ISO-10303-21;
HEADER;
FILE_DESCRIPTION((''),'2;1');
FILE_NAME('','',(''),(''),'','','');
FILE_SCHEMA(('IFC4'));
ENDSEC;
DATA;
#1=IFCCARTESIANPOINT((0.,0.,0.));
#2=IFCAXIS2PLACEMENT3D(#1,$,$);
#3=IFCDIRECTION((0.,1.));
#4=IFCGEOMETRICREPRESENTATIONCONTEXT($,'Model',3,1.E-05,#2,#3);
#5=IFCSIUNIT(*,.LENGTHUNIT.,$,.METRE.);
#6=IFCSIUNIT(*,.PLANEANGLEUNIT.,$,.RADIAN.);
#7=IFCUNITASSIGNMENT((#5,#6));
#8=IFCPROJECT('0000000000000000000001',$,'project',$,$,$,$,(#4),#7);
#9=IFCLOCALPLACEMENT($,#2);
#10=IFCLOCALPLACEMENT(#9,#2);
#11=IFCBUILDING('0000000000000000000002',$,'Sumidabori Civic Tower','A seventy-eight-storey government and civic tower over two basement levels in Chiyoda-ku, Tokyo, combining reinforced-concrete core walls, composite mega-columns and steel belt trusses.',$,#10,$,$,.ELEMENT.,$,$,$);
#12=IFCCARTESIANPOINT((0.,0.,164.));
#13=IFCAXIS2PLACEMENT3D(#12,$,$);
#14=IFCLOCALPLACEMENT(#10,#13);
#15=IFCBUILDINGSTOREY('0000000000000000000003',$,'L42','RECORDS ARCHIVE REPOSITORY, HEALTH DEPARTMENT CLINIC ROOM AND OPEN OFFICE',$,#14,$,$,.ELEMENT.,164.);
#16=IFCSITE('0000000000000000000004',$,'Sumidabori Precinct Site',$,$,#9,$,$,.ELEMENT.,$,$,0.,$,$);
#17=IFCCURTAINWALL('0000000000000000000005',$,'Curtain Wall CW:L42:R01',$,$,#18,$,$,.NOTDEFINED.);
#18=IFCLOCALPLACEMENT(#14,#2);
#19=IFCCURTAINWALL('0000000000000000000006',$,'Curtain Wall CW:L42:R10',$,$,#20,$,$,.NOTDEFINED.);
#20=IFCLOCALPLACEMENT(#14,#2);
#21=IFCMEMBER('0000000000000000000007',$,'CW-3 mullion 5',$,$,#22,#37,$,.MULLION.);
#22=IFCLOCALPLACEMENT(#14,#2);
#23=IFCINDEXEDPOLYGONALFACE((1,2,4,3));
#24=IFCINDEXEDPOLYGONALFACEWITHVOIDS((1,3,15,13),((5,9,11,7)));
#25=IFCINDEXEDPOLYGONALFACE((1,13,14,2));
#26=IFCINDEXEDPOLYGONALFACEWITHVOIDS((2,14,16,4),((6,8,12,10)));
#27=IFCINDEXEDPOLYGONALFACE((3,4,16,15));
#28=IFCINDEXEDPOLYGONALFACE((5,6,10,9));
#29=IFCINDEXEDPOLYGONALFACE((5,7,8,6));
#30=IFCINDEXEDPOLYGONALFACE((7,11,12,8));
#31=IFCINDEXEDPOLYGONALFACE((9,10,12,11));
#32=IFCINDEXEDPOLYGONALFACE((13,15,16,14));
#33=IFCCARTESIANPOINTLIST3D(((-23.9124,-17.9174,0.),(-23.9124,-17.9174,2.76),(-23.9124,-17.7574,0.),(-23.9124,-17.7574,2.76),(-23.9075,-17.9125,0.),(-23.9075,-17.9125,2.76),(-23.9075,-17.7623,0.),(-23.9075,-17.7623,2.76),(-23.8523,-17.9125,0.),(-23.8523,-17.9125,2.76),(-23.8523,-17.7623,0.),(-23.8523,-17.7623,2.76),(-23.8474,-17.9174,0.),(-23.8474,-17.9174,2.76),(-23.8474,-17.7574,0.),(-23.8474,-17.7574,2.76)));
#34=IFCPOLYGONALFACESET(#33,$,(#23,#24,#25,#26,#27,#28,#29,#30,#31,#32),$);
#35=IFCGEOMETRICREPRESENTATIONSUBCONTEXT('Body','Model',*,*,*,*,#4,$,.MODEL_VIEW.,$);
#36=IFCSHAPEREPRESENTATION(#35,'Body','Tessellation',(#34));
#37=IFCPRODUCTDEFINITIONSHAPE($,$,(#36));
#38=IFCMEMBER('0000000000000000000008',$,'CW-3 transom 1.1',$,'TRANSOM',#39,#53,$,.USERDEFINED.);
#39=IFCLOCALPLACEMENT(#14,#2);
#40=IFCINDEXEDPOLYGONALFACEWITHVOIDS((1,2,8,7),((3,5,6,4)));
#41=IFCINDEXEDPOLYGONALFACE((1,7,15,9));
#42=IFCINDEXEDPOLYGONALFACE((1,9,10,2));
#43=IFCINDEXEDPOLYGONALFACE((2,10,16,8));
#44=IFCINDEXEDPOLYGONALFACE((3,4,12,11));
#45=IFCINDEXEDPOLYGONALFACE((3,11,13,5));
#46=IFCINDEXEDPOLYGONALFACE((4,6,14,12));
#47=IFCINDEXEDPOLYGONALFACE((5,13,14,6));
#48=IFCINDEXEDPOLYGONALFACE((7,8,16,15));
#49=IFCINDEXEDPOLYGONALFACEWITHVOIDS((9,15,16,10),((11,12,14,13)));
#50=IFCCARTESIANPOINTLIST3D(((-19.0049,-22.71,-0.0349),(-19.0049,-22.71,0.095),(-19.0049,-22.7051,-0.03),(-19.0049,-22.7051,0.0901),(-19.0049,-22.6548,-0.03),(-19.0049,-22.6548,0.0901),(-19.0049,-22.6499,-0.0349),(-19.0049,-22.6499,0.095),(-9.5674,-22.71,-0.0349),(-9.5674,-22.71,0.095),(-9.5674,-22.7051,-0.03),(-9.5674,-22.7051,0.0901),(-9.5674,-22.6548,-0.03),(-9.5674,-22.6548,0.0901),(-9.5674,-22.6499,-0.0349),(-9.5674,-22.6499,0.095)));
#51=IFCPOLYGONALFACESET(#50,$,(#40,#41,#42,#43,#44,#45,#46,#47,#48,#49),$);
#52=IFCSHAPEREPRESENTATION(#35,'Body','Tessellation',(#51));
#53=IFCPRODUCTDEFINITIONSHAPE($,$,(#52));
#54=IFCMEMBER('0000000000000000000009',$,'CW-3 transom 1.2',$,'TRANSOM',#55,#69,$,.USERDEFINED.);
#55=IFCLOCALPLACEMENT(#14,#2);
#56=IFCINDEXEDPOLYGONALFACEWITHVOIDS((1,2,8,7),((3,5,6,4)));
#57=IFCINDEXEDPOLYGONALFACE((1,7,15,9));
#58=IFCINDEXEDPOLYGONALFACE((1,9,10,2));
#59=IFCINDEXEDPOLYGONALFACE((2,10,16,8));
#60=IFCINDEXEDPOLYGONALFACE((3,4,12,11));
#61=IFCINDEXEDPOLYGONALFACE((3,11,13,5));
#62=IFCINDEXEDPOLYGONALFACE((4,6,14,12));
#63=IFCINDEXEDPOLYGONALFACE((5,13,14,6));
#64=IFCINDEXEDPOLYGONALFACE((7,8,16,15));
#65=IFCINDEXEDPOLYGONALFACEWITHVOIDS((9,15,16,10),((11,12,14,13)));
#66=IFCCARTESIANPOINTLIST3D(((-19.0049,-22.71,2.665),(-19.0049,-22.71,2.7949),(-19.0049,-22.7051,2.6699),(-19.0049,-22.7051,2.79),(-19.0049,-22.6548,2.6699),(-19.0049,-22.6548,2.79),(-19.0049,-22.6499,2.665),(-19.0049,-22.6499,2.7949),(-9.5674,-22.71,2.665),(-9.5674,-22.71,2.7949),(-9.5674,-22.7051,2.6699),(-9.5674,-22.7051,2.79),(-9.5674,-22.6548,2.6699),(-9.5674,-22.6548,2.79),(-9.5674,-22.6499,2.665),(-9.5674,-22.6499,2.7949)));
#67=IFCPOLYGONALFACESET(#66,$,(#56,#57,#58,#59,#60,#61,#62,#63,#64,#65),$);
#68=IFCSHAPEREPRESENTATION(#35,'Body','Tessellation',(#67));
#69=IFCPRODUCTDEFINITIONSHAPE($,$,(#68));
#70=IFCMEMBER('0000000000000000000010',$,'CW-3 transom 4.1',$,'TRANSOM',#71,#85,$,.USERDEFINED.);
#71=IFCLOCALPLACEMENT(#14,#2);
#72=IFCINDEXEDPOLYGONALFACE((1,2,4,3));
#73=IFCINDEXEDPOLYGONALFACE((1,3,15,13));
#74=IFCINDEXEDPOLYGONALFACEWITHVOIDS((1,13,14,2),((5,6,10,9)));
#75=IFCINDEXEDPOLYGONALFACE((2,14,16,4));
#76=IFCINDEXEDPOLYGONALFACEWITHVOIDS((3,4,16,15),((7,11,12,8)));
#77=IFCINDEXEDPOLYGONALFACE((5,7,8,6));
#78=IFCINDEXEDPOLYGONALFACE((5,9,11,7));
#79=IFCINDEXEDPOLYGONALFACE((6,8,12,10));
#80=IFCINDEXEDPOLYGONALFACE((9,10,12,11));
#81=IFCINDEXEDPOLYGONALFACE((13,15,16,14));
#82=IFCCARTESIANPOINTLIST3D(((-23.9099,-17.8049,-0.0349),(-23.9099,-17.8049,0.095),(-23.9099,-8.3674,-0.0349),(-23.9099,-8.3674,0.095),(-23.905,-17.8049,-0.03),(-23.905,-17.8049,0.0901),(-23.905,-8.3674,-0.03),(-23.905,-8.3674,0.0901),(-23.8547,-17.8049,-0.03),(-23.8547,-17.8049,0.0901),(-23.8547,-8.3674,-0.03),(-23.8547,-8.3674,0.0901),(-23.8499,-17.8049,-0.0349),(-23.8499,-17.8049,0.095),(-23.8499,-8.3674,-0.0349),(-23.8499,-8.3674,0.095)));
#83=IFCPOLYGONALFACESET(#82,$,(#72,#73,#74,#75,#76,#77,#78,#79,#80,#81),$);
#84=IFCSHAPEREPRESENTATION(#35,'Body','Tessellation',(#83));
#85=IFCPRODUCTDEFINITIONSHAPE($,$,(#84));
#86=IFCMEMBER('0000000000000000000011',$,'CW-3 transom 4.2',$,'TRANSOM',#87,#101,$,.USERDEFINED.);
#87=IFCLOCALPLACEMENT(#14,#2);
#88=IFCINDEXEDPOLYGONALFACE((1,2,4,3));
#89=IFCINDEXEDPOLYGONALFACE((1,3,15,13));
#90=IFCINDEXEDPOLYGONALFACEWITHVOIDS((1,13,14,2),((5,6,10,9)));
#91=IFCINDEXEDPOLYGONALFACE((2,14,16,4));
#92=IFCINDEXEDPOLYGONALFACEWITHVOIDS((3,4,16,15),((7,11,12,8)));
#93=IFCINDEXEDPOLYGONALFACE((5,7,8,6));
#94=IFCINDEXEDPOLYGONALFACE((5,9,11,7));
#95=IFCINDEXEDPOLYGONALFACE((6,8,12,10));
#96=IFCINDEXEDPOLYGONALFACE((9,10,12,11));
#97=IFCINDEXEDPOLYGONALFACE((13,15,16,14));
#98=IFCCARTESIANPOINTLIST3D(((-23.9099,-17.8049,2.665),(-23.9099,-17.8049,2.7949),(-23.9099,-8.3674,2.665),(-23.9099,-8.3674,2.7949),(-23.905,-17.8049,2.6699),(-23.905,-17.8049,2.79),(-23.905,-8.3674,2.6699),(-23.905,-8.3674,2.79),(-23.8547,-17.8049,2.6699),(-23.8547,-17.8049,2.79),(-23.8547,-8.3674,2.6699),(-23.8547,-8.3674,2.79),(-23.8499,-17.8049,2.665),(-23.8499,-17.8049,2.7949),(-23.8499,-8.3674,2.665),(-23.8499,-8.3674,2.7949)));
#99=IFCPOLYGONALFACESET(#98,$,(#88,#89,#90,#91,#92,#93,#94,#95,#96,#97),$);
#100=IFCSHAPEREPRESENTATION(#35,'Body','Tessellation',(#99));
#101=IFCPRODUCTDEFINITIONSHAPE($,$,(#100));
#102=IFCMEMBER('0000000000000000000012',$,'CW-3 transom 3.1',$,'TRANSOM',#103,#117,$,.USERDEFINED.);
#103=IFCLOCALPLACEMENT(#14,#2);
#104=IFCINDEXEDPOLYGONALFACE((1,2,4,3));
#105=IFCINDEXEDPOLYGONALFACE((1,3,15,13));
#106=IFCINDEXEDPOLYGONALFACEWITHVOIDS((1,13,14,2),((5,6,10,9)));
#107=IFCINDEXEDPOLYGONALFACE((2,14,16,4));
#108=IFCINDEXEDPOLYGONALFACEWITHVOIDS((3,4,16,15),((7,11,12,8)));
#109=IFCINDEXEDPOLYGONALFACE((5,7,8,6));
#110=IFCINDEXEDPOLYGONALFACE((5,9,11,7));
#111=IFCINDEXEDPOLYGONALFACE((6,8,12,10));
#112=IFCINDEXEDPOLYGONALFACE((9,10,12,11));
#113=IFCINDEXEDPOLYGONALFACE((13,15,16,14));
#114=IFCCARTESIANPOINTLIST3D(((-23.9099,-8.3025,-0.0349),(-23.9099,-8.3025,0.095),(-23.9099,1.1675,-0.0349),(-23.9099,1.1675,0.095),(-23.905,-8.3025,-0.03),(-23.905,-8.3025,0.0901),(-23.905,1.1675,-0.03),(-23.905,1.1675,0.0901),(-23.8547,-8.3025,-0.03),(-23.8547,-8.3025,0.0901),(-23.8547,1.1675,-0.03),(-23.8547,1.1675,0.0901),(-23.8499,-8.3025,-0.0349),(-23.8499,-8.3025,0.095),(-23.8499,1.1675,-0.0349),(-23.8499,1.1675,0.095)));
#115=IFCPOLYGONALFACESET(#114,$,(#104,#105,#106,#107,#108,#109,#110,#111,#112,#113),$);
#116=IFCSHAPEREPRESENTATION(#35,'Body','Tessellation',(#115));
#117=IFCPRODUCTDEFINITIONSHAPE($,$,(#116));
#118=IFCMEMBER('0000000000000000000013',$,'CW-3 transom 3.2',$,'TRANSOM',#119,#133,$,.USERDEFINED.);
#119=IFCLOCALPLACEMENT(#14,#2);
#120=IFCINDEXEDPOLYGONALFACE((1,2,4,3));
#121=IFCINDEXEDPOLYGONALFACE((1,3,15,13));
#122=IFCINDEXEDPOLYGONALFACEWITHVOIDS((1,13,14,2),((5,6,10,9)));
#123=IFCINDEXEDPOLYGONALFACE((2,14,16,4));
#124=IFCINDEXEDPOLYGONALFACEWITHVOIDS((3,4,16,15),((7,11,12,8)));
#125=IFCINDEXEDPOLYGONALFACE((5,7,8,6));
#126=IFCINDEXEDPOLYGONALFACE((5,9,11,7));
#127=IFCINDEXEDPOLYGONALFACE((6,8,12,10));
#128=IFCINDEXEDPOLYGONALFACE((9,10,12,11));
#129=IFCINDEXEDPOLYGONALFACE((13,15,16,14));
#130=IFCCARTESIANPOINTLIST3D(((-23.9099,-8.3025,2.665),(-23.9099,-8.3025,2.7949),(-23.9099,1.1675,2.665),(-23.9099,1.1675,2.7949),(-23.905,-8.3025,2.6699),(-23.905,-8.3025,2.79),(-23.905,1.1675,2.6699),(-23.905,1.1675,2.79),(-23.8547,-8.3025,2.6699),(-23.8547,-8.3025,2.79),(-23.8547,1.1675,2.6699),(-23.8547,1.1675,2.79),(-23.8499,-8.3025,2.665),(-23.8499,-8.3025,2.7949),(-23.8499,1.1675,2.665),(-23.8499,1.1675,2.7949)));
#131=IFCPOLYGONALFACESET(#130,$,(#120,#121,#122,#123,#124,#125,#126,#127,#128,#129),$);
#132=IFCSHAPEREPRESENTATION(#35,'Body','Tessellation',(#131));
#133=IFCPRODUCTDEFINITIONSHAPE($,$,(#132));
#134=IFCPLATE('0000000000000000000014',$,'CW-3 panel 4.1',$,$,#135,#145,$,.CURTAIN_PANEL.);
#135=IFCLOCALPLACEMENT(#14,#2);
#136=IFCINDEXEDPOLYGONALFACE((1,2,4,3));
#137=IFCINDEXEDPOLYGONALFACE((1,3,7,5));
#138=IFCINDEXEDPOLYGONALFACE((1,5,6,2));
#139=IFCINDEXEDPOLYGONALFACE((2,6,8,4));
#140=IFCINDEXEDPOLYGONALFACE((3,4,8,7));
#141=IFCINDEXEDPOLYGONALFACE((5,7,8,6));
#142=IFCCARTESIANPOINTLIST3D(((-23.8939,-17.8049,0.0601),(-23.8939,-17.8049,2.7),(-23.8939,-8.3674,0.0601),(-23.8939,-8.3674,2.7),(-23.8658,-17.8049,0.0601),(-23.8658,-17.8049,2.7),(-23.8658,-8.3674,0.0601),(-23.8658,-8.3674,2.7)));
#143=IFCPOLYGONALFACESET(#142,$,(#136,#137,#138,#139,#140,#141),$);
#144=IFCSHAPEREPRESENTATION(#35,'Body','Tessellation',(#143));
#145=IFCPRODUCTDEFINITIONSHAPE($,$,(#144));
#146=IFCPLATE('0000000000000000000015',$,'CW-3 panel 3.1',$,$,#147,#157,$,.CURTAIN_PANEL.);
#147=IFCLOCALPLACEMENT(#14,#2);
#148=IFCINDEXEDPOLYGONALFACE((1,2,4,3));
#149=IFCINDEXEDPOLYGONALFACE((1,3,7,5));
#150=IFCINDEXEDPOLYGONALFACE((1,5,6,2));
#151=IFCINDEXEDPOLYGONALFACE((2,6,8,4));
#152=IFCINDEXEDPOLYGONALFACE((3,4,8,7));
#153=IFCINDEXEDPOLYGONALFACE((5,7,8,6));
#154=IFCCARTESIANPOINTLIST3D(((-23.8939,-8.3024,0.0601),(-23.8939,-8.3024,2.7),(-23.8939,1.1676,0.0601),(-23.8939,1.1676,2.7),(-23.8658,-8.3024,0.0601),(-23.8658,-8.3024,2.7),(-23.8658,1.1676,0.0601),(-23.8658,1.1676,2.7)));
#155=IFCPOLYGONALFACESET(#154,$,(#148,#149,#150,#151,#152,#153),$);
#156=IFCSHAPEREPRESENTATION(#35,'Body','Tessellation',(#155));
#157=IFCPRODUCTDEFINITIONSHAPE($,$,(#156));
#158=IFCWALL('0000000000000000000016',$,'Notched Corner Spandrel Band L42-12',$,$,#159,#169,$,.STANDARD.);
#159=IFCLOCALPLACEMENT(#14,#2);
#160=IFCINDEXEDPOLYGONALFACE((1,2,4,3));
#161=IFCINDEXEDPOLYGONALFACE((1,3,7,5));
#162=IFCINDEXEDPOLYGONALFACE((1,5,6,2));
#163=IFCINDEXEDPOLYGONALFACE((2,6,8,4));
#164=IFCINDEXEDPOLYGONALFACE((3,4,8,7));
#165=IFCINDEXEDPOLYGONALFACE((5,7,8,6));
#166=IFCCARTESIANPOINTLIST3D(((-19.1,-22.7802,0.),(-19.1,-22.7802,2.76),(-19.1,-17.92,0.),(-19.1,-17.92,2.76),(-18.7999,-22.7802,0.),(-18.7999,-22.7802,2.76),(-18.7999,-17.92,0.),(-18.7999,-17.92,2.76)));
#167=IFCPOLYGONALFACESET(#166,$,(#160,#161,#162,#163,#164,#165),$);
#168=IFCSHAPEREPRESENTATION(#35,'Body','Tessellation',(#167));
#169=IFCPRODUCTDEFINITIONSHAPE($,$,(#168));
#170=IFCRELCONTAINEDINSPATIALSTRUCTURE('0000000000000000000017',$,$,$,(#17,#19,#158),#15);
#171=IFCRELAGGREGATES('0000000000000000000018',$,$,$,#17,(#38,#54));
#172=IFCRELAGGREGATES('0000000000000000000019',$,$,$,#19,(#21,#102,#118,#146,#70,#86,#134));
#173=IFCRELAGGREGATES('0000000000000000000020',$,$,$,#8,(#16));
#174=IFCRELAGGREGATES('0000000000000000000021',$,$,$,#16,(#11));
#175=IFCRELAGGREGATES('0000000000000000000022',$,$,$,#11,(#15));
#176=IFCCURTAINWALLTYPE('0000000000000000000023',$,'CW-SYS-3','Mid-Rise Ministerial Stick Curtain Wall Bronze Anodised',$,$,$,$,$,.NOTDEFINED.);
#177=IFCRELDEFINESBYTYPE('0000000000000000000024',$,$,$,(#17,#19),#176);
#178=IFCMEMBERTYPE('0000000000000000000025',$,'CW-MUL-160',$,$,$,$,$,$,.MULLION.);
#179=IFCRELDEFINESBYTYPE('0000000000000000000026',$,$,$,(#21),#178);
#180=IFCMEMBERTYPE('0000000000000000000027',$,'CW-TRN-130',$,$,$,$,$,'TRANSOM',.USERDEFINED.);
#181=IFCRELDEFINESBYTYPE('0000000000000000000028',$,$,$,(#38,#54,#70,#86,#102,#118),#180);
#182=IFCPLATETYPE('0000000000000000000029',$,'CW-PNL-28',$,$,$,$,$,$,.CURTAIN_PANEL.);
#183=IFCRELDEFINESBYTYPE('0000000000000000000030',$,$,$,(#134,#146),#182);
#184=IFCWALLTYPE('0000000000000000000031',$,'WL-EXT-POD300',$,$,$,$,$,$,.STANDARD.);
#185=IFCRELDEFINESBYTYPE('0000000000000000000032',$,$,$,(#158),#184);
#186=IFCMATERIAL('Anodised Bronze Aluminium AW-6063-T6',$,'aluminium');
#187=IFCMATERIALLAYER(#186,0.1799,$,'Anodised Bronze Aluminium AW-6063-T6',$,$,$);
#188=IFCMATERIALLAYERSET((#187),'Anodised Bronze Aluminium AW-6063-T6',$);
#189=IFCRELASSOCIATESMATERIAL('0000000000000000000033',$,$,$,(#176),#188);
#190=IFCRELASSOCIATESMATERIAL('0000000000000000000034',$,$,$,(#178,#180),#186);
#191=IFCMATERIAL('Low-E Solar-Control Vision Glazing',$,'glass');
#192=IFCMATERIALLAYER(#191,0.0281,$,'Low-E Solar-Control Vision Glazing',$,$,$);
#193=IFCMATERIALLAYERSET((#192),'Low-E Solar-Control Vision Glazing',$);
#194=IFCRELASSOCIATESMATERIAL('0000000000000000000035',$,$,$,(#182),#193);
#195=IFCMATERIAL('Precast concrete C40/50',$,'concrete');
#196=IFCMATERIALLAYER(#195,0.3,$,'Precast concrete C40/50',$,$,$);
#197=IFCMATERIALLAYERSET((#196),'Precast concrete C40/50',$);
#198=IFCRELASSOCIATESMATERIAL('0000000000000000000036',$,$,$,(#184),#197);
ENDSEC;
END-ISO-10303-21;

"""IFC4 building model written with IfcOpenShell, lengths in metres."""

from ifc_helpers import new_model, si_unit, direction, frame, frame_2d, origin, origin_2d, place, context, subcontext, project, spatial, rectangle, hollow_rectangle, extrude, source, transform, mapped, material, layer, layer_set, material_profile, profile_set, type_object, element, aggregate, save


model = new_model("IFC4")

# Units and contexts
model_context = context("Model", 3, precision=1e-05, world=origin(), true_north=direction((0.0, 1.0)))
body_context = subcontext(model_context, "Body", "Model", "MODEL_VIEW")
ifc_project = project(units=[si_unit("LENGTHUNIT", "METRE"), si_unit("PLANEANGLEUNIT", "RADIAN")], contexts=[model_context])

# Site, building, storey
site_placement = place(None, origin())
site = spatial("IfcSite", under=ifc_project, at=site_placement, Name="Sumidabori Precinct Site", CompositionType="ELEMENT", RefElevation=0.0)
building_placement = place(site_placement, origin())
building = spatial("IfcBuilding", under=site, at=building_placement, Name="Sumidabori Civic Tower", Description="A seventy-eight-storey government and civic tower over two basement levels in Chiyoda-ku, Tokyo, combining reinforced-concrete core walls, composite mega-columns and steel belt trusses.", CompositionType="ELEMENT")
storey_placement = place(building_placement, frame((0.0, 0.0, 164.0)))
storey = spatial("IfcBuildingStorey", under=building, at=storey_placement, Name="L42", Description="RECORDS ARCHIVE REPOSITORY, HEALTH DEPARTMENT CLINIC ROOM AND OPEN OFFICE", CompositionType="ELEMENT", Elevation=164.0)

# Curtain wall
ifc_material_1 = material(Name="Anodised Bronze Aluminium AW-6063-T6", Category="aluminium")
ifc_layer_1 = layer(ifc_material_1, 0.1799, Name="Anodised Bronze Aluminium AW-6063-T6")
ifc_layer_set_1 = layer_set([ifc_layer_1], Name="Anodised Bronze Aluminium AW-6063-T6")
curtain_wall_type = type_object("IfcCurtainWallType", Name="CW-SYS-3", Description="Mid-Rise Ministerial Stick Curtain Wall Bronze Anodised", PredefinedType="NOTDEFINED", material=ifc_layer_set_1)
curtain_wall_1_placement = place(storey_placement, origin())
curtain_wall_1 = element("IfcCurtainWall", 1, at=curtain_wall_1_placement, inside=storey, type_object=curtain_wall_type, Name="Curtain Wall CW:L42:R01", PredefinedType="NOTDEFINED")
ifc_material_profile_1 = material_profile(ifc_material_1, hollow_rectangle(XDim=0.0649, YDim=0.1599, WallThickness=0.0049, at=origin_2d()), Name="ALU MULLION 160x65")
ifc_profile_set_1 = profile_set([ifc_material_profile_1], Name="Anodised Bronze Aluminium AW-6063-T6")
member_type_1 = type_object("IfcMemberType", Name="CW-MUL-160", PredefinedType="MULLION", material=ifc_profile_set_1)
shared_shape_1 = source(origin(), body_context, "Body", "SweptSolid", [
    extrude(hollow_rectangle(XDim=0.0649, YDim=0.1599, WallThickness=0.0049, at=origin_2d()), origin(), (0.0, 0.0, 1.0), 2.76),
])

# Curtain wall, member
curtain_wall_2_placement = place(storey_placement, origin())
curtain_wall_2 = element("IfcCurtainWall", 2, at=curtain_wall_2_placement, inside=storey, type_object=curtain_wall_type, Name="Curtain Wall CW:L42:R10", PredefinedType="NOTDEFINED")
member_1_placement = place(storey_placement, frame((-23.8799, -17.8374, 0.0), z_axis=(0.0, 0.0, 1.0), x_axis=(1.0, 0.0, 0.0)))
member_1 = element("IfcMember", 3, at=member_1_placement, type_object=member_type_1, Name="CW-3 mullion 5", PredefinedType="MULLION", context=body_context, shape_type="MappedRepresentation", body=[
    mapped(shared_shape_1, transform((0.0, 0.0, 0.0), x_axis=(1.0, 0.0, 0.0), y_axis=(0.0, 1.0, 0.0), z_axis=(0.0, 0.0, 1.0), scale=1.0)),
])

# Members
ifc_material_profile_2 = material_profile(ifc_material_1, hollow_rectangle(XDim=0.0601, YDim=0.1299, WallThickness=0.0049, at=origin_2d()), Name="ALU TRANSOM 130x60")
ifc_profile_set_2 = profile_set([ifc_material_profile_2], Name="Anodised Bronze Aluminium AW-6063-T6")
member_type_2 = type_object("IfcMemberType", Name="CW-TRN-130", ElementType="TRANSOM", PredefinedType="USERDEFINED", material=ifc_profile_set_2)
shared_shape_2 = source(origin(), body_context, "Body", "SweptSolid", [
    extrude(hollow_rectangle(XDim=0.0601, YDim=0.1299, WallThickness=0.0049, at=origin_2d()), origin(), (0.0, 0.0, 1.0), 9.4375),
])
member_2_placement = place(storey_placement, frame((-19.0049, -22.6799, 0.03), z_axis=(1.0, 0.0, 0.0), x_axis=(0.0, 1.0, 0.0)))
member_2 = element("IfcMember", 4, at=member_2_placement, type_object=member_type_2, Name="CW-3 transom 1.1", ObjectType="TRANSOM", PredefinedType="USERDEFINED", context=body_context, shape_type="MappedRepresentation", body=[
    mapped(shared_shape_2, transform((0.0, 0.0, 0.0), x_axis=(1.0, 0.0, 0.0), y_axis=(0.0, 1.0, 0.0), z_axis=(0.0, 0.0, 1.0), scale=1.0)),
])
member_3_placement = place(storey_placement, frame((-19.0049, -22.6799, 2.73), z_axis=(1.0, 0.0, 0.0), x_axis=(0.0, 1.0, 0.0)))
member_3 = element("IfcMember", 5, at=member_3_placement, type_object=member_type_2, Name="CW-3 transom 1.2", ObjectType="TRANSOM", PredefinedType="USERDEFINED", context=body_context, shape_type="MappedRepresentation", body=[
    mapped(shared_shape_2, transform((0.0, 0.0, 0.0), x_axis=(1.0, 0.0, 0.0), y_axis=(0.0, 1.0, 0.0), z_axis=(0.0, 0.0, 1.0), scale=1.0)),
])
aggregate(curtain_wall_1, [member_2, member_3])
member_4_placement = place(storey_placement, frame((-23.8799, -8.3674, 0.03), z_axis=(0.0, -1.0, 0.0), x_axis=(1.0, 0.0, 0.0)))
member_4 = element("IfcMember", 6, at=member_4_placement, type_object=member_type_2, Name="CW-3 transom 4.1", ObjectType="TRANSOM", PredefinedType="USERDEFINED", context=body_context, shape_type="MappedRepresentation", body=[
    mapped(shared_shape_2, transform((0.0, 0.0, 0.0), x_axis=(1.0, 0.0, 0.0), y_axis=(0.0, 1.0, 0.0), z_axis=(0.0, 0.0, 1.0), scale=1.0)),
])
member_5_placement = place(storey_placement, frame((-23.8799, -8.3674, 2.73), z_axis=(0.0, -1.0, 0.0), x_axis=(1.0, 0.0, 0.0)))
member_5 = element("IfcMember", 7, at=member_5_placement, type_object=member_type_2, Name="CW-3 transom 4.2", ObjectType="TRANSOM", PredefinedType="USERDEFINED", context=body_context, shape_type="MappedRepresentation", body=[
    mapped(shared_shape_2, transform((0.0, 0.0, 0.0), x_axis=(1.0, 0.0, 0.0), y_axis=(0.0, 1.0, 0.0), z_axis=(0.0, 0.0, 1.0), scale=1.0)),
])
shared_shape_3 = source(origin(), body_context, "Body", "SweptSolid", [
    extrude(hollow_rectangle(XDim=0.0601, YDim=0.1299, WallThickness=0.0049, at=origin_2d()), origin(), (0.0, 0.0, 1.0), 9.47),
])
member_6_placement = place(storey_placement, frame((-23.8799, 1.1675, 0.03), z_axis=(0.0, -1.0, 0.0), x_axis=(1.0, 0.0, 0.0)))
member_6 = element("IfcMember", 8, at=member_6_placement, type_object=member_type_2, Name="CW-3 transom 3.1", ObjectType="TRANSOM", PredefinedType="USERDEFINED", context=body_context, shape_type="MappedRepresentation", body=[
    mapped(shared_shape_3, transform((0.0, 0.0, 0.0), x_axis=(1.0, 0.0, 0.0), y_axis=(0.0, 1.0, 0.0), z_axis=(0.0, 0.0, 1.0), scale=1.0)),
])
member_7_placement = place(storey_placement, frame((-23.8799, 1.1675, 2.73), z_axis=(0.0, -1.0, 0.0), x_axis=(1.0, 0.0, 0.0)))
member_7 = element("IfcMember", 9, at=member_7_placement, type_object=member_type_2, Name="CW-3 transom 3.2", ObjectType="TRANSOM", PredefinedType="USERDEFINED", context=body_context, shape_type="MappedRepresentation", body=[
    mapped(shared_shape_3, transform((0.0, 0.0, 0.0), x_axis=(1.0, 0.0, 0.0), y_axis=(0.0, 1.0, 0.0), z_axis=(0.0, 0.0, 1.0), scale=1.0)),
])

# Plates
ifc_material_2 = material(Name="Low-E Solar-Control Vision Glazing", Category="glass")
ifc_layer_2 = layer(ifc_material_2, 0.0281, Name="Low-E Solar-Control Vision Glazing")
ifc_layer_set_2 = layer_set([ifc_layer_2], Name="Low-E Solar-Control Vision Glazing")
plate_type = type_object("IfcPlateType", Name="CW-PNL-28", PredefinedType="CURTAIN_PANEL", material=ifc_layer_set_2)
shared_shape_4 = source(origin(), body_context, "Body", "SweptSolid", [
    extrude(rectangle(XDim=9.4375, YDim=0.0281, at=origin_2d()), origin(), (0.0, 0.0, 1.0), 2.6399),
])
plate_1_placement = place(storey_placement, frame((-23.8799, -13.0862, 0.0601), z_axis=(0.0, 0.0, 1.0), x_axis=(0.0, -1.0, 0.0)))
plate_1 = element("IfcPlate", 10, at=plate_1_placement, type_object=plate_type, Name="CW-3 panel 4.1", PredefinedType="CURTAIN_PANEL", context=body_context, shape_type="MappedRepresentation", body=[
    mapped(shared_shape_4, transform((0.0, 0.0, 0.0), x_axis=(1.0, 0.0, 0.0), y_axis=(0.0, 1.0, 0.0), z_axis=(0.0, 0.0, 1.0), scale=1.0)),
])
shared_shape_5 = source(origin(), body_context, "Body", "SweptSolid", [
    extrude(rectangle(XDim=9.47, YDim=0.0281, at=origin_2d()), origin(), (0.0, 0.0, 1.0), 2.6399),
])
plate_2_placement = place(storey_placement, frame((-23.8799, -3.5674, 0.0601), z_axis=(0.0, 0.0, 1.0), x_axis=(0.0, -1.0, 0.0)))
plate_2 = element("IfcPlate", 11, at=plate_2_placement, type_object=plate_type, Name="CW-3 panel 3.1", PredefinedType="CURTAIN_PANEL", context=body_context, shape_type="MappedRepresentation", body=[
    mapped(shared_shape_5, transform((0.0, 0.0, 0.0), x_axis=(1.0, 0.0, 0.0), y_axis=(0.0, 1.0, 0.0), z_axis=(0.0, 0.0, 1.0), scale=1.0)),
])
aggregate(curtain_wall_2, [member_1, member_6, member_7, plate_2, member_4, member_5, plate_1])

# Wall
ifc_material_3 = material(Name="Precast concrete C40/50", Category="concrete")
ifc_layer_3 = layer(ifc_material_3, 0.3, Name="Precast concrete C40/50")
ifc_layer_set_3 = layer_set([ifc_layer_3], Name="Precast concrete C40/50")
wall_type = type_object("IfcWallType", Name="WL-EXT-POD300", PredefinedType="STANDARD", material=ifc_layer_set_3)
shared_shape_6 = source(origin(), body_context, "Body", "SweptSolid", [
    extrude(rectangle(XDim=4.8601, YDim=0.3, at=frame_2d((2.4302, 0.0))), origin(), (0.0, 0.0, 1.0), 2.76),
])
wall_1_placement = place(storey_placement, frame((-18.95, -17.9199, 0.0), z_axis=(0.0, 0.0, 1.0), x_axis=(0.0, -1.0, 0.0)))
element("IfcWall", 12, at=wall_1_placement, inside=storey, type_object=wall_type, Name="Notched Corner Spandrel Band L42-12", PredefinedType="STANDARD", context=body_context, shape_type="MappedRepresentation", body=[
    mapped(shared_shape_6, transform((0.0, 0.0, 0.0), x_axis=(1.0, 0.0, 0.0), y_axis=(0.0, 1.0, 0.0), z_axis=(0.0, 0.0, 1.0), scale=1.0)),
])

save(model, "model.ifc")
